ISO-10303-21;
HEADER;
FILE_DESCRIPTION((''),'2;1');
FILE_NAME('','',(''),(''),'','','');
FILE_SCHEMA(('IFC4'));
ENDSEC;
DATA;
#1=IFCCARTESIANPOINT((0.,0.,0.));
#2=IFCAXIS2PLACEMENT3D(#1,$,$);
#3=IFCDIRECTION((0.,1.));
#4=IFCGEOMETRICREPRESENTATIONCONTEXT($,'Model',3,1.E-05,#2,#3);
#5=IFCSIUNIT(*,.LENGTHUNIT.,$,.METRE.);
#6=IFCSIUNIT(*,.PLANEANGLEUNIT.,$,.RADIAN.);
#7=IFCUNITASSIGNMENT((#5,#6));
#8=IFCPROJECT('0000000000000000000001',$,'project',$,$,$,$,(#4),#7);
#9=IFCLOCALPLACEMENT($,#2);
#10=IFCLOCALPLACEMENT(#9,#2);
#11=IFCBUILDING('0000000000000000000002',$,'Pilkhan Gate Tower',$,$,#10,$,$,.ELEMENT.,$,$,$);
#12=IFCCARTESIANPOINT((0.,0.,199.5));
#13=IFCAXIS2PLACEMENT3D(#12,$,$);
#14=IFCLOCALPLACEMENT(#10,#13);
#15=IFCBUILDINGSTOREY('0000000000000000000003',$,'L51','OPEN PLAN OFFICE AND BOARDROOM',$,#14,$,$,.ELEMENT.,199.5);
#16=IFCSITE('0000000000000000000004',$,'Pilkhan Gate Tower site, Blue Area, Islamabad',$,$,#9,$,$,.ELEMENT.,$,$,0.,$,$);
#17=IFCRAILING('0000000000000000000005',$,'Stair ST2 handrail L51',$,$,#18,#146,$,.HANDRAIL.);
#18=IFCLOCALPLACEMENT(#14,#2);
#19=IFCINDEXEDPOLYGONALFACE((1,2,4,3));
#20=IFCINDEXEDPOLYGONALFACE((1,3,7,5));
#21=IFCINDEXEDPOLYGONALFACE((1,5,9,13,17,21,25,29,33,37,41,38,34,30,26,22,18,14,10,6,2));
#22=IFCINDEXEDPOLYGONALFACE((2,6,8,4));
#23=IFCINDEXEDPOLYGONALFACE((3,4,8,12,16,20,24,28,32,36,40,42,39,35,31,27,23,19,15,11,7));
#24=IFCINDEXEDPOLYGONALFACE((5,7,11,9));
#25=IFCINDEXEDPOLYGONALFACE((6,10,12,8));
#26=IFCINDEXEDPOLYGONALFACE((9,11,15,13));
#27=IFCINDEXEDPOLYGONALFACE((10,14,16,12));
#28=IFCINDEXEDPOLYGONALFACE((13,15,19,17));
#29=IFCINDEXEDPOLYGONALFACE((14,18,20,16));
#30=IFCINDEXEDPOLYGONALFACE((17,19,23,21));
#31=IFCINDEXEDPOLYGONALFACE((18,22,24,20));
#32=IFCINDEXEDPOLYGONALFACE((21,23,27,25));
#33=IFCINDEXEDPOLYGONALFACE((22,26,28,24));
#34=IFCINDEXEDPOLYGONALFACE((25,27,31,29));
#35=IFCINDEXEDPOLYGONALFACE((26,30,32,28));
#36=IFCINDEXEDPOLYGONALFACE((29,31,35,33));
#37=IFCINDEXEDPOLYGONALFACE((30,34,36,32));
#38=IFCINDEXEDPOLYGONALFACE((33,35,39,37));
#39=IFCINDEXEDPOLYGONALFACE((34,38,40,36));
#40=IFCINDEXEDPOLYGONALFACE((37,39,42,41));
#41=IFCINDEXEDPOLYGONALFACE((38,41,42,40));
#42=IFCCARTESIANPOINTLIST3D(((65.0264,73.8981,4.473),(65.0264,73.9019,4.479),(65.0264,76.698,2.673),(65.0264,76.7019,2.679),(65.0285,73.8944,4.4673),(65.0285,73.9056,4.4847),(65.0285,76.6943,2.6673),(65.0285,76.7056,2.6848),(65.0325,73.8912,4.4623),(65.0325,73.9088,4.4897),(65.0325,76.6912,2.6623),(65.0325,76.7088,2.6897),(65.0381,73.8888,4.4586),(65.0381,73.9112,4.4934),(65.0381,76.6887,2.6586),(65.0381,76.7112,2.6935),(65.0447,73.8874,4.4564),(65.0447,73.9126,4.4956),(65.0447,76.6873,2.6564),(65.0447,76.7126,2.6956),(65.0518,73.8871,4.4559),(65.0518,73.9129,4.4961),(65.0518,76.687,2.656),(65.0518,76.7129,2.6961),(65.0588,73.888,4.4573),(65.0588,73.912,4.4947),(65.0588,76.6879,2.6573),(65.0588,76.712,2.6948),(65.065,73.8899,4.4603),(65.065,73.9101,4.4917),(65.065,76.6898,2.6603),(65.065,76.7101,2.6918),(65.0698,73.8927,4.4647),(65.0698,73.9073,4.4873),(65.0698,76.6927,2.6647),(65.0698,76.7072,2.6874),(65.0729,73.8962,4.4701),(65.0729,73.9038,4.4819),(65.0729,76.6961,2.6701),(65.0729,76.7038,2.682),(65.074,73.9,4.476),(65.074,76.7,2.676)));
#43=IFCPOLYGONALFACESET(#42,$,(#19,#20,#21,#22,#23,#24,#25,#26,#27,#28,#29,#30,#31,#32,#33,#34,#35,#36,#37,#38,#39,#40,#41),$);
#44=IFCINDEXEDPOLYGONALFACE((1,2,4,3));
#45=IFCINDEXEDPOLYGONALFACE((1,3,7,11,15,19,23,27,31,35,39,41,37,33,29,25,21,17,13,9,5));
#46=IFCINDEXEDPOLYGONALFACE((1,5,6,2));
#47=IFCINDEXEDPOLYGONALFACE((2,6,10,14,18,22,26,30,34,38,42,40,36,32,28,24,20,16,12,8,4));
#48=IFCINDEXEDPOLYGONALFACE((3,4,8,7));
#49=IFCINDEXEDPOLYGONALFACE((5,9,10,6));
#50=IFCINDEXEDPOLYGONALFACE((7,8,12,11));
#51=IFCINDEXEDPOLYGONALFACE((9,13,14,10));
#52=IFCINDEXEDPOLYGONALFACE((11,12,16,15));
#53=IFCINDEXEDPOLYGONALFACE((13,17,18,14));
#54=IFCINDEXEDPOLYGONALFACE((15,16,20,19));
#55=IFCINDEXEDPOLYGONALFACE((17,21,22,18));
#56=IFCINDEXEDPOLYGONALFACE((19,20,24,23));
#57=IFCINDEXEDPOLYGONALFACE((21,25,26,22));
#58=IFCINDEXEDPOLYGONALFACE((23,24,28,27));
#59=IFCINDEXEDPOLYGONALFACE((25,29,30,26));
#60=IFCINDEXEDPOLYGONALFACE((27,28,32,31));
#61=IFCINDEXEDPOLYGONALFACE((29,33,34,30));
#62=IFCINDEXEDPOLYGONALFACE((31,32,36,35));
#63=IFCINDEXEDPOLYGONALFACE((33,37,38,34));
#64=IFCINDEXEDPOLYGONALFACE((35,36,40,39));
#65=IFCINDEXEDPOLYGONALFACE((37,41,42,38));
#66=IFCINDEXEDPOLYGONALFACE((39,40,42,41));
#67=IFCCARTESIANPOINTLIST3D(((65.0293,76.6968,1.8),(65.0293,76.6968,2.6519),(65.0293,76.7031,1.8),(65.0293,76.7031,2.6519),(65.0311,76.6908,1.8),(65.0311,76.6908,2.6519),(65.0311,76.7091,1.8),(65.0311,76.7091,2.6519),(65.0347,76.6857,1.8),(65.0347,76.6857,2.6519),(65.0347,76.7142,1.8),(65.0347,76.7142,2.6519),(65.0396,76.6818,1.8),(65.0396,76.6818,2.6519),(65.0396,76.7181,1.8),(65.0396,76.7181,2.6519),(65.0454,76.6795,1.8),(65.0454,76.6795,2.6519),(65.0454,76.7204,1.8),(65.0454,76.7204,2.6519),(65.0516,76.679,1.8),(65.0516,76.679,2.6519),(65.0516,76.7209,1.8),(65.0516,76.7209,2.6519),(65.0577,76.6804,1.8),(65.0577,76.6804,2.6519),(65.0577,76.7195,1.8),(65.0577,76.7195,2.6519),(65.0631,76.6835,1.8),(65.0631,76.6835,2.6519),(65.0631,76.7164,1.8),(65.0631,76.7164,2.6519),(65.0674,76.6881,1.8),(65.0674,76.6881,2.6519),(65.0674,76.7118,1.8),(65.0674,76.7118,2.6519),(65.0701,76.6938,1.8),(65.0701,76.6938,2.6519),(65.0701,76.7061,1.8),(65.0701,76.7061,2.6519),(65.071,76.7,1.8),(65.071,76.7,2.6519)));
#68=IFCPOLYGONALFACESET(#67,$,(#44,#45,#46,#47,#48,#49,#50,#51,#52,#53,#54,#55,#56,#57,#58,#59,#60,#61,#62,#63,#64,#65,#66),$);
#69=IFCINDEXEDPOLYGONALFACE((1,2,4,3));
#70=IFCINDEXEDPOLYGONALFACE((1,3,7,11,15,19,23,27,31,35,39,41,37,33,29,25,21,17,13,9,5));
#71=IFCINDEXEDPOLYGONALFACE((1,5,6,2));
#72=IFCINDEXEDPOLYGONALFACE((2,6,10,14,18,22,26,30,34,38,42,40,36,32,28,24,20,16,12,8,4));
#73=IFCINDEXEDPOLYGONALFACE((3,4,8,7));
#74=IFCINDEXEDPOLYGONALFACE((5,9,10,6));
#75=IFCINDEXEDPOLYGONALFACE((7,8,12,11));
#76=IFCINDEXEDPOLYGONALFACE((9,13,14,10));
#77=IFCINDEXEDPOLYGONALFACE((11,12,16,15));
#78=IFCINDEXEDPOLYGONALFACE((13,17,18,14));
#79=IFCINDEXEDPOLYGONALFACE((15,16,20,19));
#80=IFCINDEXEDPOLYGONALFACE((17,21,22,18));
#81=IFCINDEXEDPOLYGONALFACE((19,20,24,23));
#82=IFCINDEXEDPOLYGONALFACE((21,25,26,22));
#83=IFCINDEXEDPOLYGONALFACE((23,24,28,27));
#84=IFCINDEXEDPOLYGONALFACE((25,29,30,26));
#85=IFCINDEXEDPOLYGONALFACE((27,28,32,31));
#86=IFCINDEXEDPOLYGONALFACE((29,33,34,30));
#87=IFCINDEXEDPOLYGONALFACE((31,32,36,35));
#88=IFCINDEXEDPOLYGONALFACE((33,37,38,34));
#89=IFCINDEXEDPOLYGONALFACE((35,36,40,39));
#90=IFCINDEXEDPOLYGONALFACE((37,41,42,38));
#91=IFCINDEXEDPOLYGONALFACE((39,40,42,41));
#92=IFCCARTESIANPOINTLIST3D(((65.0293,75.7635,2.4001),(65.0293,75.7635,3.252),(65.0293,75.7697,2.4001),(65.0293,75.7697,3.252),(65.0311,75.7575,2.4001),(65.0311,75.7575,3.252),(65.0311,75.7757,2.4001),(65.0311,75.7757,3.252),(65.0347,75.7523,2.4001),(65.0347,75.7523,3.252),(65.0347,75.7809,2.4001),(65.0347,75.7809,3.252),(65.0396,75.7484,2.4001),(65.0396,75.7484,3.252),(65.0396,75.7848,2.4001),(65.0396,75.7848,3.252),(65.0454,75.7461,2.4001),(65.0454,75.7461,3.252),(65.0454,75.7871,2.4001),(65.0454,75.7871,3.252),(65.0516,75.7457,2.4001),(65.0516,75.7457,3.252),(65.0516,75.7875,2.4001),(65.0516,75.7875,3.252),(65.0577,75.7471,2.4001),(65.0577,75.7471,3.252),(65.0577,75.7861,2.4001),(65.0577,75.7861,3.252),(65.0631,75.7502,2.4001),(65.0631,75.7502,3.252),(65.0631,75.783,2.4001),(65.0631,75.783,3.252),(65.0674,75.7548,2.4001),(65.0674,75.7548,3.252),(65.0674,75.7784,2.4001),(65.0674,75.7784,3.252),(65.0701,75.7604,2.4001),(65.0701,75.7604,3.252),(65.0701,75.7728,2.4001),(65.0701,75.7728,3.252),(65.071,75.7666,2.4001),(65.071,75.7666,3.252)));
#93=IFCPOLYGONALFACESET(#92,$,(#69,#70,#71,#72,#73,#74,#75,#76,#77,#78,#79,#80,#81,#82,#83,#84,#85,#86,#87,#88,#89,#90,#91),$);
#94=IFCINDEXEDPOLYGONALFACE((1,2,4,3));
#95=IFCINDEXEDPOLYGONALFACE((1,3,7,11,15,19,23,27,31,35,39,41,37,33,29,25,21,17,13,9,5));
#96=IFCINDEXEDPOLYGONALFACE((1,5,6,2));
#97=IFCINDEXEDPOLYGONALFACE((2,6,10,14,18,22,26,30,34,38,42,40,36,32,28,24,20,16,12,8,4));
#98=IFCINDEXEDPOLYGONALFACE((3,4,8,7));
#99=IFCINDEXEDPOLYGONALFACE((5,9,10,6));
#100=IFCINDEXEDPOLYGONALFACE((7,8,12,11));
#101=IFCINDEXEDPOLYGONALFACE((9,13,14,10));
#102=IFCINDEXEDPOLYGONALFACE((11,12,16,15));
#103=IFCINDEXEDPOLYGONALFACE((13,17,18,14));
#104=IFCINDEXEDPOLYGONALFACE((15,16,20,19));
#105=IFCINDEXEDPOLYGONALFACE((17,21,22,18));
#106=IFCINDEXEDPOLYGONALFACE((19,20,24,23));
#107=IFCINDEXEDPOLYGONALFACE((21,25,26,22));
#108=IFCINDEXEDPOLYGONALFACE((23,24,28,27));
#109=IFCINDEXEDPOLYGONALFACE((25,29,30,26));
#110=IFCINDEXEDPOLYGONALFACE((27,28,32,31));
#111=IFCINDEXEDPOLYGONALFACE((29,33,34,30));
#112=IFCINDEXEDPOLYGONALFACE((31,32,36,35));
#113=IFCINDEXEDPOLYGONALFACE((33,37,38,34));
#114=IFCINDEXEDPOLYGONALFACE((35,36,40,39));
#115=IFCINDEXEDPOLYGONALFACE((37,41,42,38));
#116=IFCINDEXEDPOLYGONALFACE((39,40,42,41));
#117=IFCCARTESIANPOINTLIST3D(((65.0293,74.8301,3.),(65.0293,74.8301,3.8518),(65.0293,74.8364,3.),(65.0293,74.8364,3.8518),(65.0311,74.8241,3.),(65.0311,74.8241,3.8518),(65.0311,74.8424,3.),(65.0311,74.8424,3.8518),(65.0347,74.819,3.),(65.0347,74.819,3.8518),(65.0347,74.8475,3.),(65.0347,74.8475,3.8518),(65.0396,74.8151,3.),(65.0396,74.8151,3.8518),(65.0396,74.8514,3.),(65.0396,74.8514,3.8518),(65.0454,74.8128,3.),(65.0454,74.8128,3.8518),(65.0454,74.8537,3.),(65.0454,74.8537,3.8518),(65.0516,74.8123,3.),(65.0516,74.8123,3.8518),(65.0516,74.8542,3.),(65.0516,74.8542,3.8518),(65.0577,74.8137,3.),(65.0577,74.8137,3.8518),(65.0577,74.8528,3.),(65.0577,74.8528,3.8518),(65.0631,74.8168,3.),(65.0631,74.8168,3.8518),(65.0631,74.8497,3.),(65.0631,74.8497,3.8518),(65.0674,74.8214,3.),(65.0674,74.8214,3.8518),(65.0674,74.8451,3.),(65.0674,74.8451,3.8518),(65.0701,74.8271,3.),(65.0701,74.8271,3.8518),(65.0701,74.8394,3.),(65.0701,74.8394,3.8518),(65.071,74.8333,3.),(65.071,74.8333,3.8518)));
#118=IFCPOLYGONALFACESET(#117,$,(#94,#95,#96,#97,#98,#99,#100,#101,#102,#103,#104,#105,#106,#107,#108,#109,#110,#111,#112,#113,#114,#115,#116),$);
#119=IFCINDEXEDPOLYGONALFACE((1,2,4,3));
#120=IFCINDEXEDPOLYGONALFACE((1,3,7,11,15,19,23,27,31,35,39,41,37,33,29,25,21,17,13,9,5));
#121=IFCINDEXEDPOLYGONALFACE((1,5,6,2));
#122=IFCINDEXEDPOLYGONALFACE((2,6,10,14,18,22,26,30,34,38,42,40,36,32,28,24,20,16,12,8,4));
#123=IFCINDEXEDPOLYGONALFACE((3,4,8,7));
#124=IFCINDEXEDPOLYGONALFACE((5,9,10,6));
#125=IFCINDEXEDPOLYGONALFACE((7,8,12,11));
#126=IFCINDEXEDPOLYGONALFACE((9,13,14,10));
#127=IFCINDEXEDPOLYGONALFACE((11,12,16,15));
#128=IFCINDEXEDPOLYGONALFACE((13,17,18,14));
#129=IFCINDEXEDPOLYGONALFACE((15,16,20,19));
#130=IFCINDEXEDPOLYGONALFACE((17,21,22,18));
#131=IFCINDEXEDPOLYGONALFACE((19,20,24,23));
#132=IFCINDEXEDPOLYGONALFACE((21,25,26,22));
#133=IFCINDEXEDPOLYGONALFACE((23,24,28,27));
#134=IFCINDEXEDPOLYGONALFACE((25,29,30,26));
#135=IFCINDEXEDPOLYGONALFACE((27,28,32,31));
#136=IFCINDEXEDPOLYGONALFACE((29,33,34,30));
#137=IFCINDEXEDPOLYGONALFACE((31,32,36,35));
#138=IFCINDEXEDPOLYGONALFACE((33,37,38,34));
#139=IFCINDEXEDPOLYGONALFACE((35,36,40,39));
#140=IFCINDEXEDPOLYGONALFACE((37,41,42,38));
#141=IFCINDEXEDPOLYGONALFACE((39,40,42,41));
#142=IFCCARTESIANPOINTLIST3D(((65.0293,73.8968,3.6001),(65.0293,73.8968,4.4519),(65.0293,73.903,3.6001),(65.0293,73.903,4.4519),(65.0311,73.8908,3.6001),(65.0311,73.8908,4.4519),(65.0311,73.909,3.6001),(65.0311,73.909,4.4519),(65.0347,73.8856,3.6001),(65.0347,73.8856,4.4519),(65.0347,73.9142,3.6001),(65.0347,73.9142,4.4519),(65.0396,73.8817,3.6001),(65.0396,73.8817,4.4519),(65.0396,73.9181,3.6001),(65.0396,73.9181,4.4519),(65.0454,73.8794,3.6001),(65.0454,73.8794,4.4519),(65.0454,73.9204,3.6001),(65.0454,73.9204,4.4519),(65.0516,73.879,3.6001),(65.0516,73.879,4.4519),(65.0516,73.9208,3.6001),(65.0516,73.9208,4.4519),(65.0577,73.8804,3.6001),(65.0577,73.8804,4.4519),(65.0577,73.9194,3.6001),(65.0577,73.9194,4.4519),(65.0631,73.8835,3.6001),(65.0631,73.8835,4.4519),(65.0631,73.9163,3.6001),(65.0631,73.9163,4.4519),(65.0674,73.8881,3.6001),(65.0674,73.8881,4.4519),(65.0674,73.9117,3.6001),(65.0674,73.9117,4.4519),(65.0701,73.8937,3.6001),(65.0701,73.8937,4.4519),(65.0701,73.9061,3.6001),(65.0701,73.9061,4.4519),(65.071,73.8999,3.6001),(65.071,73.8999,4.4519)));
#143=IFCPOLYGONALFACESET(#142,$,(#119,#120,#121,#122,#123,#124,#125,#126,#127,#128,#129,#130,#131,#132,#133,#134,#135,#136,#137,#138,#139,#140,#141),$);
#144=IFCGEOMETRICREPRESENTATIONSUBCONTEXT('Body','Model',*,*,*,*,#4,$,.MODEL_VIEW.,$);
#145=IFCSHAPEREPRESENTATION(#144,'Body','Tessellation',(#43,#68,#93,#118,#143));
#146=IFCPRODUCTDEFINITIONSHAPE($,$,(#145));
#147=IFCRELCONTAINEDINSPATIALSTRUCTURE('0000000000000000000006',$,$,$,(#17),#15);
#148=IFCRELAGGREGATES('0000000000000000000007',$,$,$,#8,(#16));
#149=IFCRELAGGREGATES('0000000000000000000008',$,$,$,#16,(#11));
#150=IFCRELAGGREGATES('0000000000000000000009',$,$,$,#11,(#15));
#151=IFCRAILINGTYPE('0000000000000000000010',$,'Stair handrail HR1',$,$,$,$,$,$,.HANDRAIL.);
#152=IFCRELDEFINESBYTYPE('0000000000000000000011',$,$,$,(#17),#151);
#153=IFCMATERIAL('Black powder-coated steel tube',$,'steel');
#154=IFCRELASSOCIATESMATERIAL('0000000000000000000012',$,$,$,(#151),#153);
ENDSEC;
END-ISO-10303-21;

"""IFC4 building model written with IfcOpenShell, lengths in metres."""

from ifc_helpers import new_model, si_unit, direction, frame, origin, origin_2d, place, context, subcontext, project, spatial, circle, extrude, material, type_object, element, save


model = new_model("IFC4")

# Units and contexts
model_context = context("Model", 3, precision=1e-05, world=origin(), true_north=direction((0.0, 1.0)))
body_context = subcontext(model_context, "Body", "Model", "MODEL_VIEW")
ifc_project = project(units=[si_unit("LENGTHUNIT", "METRE"), si_unit("PLANEANGLEUNIT", "RADIAN")], contexts=[model_context])

# Site, building, storey
site_placement = place(None, origin())
site = spatial("IfcSite", under=ifc_project, at=site_placement, Name="Pilkhan Gate Tower site, Blue Area, Islamabad", CompositionType="ELEMENT", RefElevation=0.0)
building_placement = place(site_placement, origin())
building = spatial("IfcBuilding", under=site, at=building_placement, Name="Pilkhan Gate Tower", CompositionType="ELEMENT")
storey_placement = place(building_placement, frame((0.0, 0.0, 199.5)))
storey = spatial("IfcBuildingStorey", under=building, at=storey_placement, Name="L51", Description="OPEN PLAN OFFICE AND BOARDROOM", CompositionType="ELEMENT", Elevation=199.5)

# Railing
ifc_material_1 = material(Name="Black powder-coated steel tube", Category="steel")
railing_type_1 = type_object("IfcRailingType", Name="Stair handrail HR1", PredefinedType="HANDRAIL", material=ifc_material_1)
railing_1_placement = place(storey_placement, frame((65.05, 76.7, 1.8)))
element("IfcRailing", 1, at=railing_1_placement, inside=storey, type_object=railing_type_1, Name="Stair ST2 handrail L51", PredefinedType="HANDRAIL", context=body_context, shape_type="SweptSolid", body=[
    extrude(circle(Radius=0.0239, at=origin_2d()), frame((0.0, 0.0, 0.876), z_axis=(0.0, -0.841176, 0.540761), x_axis=(1.0, 0.0, 0.0)), (0.0, 0.0, 1.0), 3.3286),
    extrude(circle(Radius=0.021, at=origin_2d()), origin(), (0.0, 0.0, 1.0), 0.8518),
    extrude(circle(Radius=0.021, at=origin_2d()), frame((0.0, -0.9333, 0.6001)), (0.0, 0.0, 1.0), 0.8518),
    extrude(circle(Radius=0.021, at=origin_2d()), frame((0.0, -1.8667, 1.2)), (0.0, 0.0, 1.0), 0.8518),
    extrude(circle(Radius=0.021, at=origin_2d()), frame((0.0, -2.8, 1.8)), (0.0, 0.0, 1.0), 0.8518),
])

save(model, "model.ifc")
